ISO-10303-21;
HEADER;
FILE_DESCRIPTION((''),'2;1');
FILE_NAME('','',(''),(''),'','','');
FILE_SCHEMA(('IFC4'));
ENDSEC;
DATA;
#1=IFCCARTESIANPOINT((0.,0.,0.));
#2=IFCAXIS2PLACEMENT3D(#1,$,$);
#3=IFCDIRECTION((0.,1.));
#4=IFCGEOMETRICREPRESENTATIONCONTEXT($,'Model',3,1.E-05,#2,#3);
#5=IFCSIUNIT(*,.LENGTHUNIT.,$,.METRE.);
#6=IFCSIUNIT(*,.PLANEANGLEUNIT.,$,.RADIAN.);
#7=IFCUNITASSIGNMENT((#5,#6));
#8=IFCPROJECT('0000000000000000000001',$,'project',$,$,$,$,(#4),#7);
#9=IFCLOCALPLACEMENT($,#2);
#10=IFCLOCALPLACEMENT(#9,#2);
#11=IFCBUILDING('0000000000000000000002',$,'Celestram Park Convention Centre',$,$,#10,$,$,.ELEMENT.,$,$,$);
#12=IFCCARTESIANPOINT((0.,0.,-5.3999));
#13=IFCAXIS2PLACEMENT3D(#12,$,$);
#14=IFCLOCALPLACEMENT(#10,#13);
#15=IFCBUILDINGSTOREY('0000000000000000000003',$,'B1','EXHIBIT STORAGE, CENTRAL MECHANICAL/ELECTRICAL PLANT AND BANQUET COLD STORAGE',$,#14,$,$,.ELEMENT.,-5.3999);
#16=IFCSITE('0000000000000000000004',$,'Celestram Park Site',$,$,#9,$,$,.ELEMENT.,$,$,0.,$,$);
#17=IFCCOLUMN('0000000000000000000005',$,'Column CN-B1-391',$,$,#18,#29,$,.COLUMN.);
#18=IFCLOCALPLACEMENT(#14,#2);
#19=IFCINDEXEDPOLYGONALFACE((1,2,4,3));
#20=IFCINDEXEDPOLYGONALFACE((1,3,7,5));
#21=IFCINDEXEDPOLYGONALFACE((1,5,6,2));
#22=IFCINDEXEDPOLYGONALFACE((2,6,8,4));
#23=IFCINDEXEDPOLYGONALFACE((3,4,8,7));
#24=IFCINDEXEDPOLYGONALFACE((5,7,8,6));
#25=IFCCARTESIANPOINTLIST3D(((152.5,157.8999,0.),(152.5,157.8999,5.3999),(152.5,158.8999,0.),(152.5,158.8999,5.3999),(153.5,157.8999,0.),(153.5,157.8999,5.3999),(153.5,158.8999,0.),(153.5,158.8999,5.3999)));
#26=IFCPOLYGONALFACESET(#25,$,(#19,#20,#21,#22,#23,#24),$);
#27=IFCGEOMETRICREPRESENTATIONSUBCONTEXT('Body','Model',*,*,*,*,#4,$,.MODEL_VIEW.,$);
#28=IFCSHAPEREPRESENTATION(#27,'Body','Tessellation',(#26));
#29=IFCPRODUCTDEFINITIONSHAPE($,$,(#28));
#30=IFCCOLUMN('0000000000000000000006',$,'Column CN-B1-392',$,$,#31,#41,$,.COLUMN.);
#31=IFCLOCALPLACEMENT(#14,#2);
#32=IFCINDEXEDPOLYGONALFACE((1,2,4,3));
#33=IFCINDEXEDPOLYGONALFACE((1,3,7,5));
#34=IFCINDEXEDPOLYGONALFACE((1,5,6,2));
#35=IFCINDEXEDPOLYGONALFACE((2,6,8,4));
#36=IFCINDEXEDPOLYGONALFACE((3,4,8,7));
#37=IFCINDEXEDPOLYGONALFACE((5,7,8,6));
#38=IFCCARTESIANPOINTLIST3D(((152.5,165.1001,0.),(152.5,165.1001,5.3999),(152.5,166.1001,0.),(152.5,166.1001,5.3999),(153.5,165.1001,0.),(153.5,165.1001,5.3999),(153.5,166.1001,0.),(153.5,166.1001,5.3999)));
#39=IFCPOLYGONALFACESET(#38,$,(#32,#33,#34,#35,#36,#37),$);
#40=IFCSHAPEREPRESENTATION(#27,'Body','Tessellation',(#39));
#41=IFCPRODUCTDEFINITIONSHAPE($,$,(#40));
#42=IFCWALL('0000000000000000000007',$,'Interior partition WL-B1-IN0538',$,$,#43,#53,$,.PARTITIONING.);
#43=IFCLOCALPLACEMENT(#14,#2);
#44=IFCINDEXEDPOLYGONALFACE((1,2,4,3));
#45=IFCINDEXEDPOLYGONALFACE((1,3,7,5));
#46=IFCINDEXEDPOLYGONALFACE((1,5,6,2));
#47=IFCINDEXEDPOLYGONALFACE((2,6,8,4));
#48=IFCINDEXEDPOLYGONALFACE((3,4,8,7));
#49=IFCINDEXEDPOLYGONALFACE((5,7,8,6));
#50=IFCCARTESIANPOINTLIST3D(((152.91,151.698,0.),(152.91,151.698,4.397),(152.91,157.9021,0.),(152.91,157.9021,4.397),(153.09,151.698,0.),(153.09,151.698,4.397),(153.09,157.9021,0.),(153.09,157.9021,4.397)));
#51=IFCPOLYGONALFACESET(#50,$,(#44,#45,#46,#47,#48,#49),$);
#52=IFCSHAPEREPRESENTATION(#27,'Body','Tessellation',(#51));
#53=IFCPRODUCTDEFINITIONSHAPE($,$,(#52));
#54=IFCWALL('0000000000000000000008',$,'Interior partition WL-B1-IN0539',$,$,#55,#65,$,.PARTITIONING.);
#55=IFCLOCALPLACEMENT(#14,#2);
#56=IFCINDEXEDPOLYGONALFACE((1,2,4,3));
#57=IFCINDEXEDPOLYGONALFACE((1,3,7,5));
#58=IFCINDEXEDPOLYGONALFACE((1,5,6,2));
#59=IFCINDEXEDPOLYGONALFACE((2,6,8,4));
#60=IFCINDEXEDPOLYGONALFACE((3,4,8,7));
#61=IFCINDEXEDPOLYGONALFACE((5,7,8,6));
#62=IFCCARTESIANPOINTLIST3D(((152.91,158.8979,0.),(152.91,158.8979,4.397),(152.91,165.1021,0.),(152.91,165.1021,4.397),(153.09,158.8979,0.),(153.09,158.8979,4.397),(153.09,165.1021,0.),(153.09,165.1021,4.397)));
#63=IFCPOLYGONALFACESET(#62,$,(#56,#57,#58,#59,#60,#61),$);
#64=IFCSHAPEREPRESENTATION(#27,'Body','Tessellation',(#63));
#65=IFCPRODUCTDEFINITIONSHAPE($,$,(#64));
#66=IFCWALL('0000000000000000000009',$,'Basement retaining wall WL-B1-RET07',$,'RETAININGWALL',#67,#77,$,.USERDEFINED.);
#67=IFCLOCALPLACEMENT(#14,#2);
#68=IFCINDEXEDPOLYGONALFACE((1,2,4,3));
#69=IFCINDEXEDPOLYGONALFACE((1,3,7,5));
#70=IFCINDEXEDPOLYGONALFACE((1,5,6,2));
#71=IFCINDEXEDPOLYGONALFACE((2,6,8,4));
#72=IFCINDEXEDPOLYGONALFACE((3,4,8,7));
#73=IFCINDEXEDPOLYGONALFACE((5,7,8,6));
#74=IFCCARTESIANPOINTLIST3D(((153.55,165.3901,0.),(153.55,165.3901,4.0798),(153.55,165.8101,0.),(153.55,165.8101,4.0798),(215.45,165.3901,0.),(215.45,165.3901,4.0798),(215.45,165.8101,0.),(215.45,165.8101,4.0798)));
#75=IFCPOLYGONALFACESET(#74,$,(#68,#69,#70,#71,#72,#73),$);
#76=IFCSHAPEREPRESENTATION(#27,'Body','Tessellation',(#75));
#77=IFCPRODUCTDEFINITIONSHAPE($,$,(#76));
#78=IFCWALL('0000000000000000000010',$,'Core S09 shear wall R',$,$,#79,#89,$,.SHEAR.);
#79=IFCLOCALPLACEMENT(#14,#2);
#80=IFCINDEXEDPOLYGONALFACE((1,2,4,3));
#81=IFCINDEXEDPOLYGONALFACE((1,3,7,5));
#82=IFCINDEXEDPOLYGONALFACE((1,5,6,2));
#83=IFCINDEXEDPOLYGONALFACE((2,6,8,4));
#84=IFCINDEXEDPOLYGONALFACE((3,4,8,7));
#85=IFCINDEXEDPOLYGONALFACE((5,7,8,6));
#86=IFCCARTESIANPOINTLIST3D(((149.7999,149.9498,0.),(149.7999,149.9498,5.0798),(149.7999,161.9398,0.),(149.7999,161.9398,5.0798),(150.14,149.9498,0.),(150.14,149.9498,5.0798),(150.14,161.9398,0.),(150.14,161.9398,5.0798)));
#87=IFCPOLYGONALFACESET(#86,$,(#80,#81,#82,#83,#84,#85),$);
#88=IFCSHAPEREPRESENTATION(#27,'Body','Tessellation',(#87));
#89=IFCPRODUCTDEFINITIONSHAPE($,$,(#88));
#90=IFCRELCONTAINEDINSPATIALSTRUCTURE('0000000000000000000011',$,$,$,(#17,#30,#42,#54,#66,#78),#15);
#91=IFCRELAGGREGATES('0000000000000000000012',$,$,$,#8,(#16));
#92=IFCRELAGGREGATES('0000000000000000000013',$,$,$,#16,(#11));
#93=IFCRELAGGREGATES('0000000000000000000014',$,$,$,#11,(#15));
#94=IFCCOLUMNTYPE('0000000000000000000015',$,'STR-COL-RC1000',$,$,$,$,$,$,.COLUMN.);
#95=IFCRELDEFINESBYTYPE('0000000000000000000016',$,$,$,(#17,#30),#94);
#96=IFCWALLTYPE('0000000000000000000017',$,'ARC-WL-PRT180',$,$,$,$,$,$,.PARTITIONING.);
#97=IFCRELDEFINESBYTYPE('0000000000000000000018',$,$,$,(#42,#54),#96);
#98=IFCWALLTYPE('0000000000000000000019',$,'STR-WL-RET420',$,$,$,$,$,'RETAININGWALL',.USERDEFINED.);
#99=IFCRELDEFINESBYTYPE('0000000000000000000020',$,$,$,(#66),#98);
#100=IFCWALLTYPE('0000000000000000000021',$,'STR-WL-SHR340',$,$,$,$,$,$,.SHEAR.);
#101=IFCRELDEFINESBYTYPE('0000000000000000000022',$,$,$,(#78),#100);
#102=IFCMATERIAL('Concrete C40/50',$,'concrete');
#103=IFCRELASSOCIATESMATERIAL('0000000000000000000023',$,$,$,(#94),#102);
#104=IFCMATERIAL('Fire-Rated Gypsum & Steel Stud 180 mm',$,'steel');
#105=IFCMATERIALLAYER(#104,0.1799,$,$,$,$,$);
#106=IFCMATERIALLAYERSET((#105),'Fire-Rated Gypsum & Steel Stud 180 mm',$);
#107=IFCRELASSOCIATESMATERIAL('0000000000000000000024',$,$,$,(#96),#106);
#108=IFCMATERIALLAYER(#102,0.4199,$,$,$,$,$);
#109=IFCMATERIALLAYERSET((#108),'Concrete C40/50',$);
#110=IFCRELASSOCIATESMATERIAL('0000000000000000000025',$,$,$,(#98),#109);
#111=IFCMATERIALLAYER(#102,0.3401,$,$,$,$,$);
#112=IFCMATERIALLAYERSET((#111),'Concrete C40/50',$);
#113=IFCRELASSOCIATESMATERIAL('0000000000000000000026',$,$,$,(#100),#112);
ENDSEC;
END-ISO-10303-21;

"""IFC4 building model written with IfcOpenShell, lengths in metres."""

from ifc_helpers import new_model, si_unit, direction, frame, frame_2d, origin, origin_2d, place, context, subcontext, project, spatial, rectangle, extrude, material, layer, layer_set, material_profile, profile_set, type_object, element, save


model = new_model("IFC4")

# Units and contexts
model_context = context("Model", 3, precision=1e-05, world=origin(), true_north=direction((0.0, 1.0)))
body_context = subcontext(model_context, "Body", "Model", "MODEL_VIEW")
ifc_project = project(units=[si_unit("LENGTHUNIT", "METRE"), si_unit("PLANEANGLEUNIT", "RADIAN")], contexts=[model_context])

# Site, building, storey
site_placement = place(None, origin())
site = spatial("IfcSite", under=ifc_project, at=site_placement, Name="Celestram Park Site", CompositionType="ELEMENT", RefElevation=0.0)
building_placement = place(site_placement, origin())
building = spatial("IfcBuilding", under=site, at=building_placement, Name="Celestram Park Convention Centre", CompositionType="ELEMENT")
storey_placement = place(building_placement, frame((0.0, 0.0, -5.3999)))
storey = spatial("IfcBuildingStorey", under=building, at=storey_placement, Name="B1", Description="EXHIBIT STORAGE, CENTRAL MECHANICAL/ELECTRICAL PLANT AND BANQUET COLD STORAGE", CompositionType="ELEMENT", Elevation=-5.3999)

# Shared definitions
ifc_material_1 = material(Name="Concrete C40/50", Category="concrete")

# Columns
ifc_material_profile_1 = material_profile(ifc_material_1, rectangle(XDim=1.0, YDim=1.0, at=origin_2d()), Name="RC1000X1000")
ifc_profile_set_1 = profile_set([ifc_material_profile_1], Name="Concrete C40/50")
column_type = type_object("IfcColumnType", Name="STR-COL-RC1000", PredefinedType="COLUMN", material=ifc_profile_set_1)
for number, where, z_axis, x_axis, name in (
    (1, (153.0, 158.3999, 0.0), (0.0, 0.0, 1.0), (1.0, 0.0, 0.0), "Column CN-B1-391"),
    (2, (153.0, 165.6001, 0.0), (0.0, 0.0, 1.0), (1.0, 0.0, 0.0), "Column CN-B1-392"),
):
    element("IfcColumn", number, at=place(storey_placement, frame(where, z_axis=z_axis, x_axis=x_axis)), inside=storey, type_object=column_type, Name=name, PredefinedType="COLUMN", context=body_context, shape_type="SweptSolid", body=[
        extrude(rectangle(XDim=1.0, YDim=1.0, at=origin_2d()), origin(), (0.0, 0.0, 1.0), 5.3999),
    ])

# Walls
ifc_material_2 = material(Name="Fire-Rated Gypsum & Steel Stud 180 mm", Category="steel")
ifc_layer_1 = layer(ifc_material_2, 0.1799)
ifc_layer_set_1 = layer_set([ifc_layer_1], Name="Fire-Rated Gypsum & Steel Stud 180 mm")
wall_type_1 = type_object("IfcWallType", Name="ARC-WL-PRT180", PredefinedType="PARTITIONING", material=ifc_layer_set_1)
for number, where, z_axis, x_axis, name in (
    (3, (153.0, 151.698, 0.0), (0.0, 0.0, 1.0), (0.0, 1.0, 0.0), "Interior partition WL-B1-IN0538"),
    (4, (153.0, 158.8979, 0.0), (0.0, 0.0, 1.0), (0.0, 1.0, 0.0), "Interior partition WL-B1-IN0539"),
):
    element("IfcWall", number, at=place(storey_placement, frame(where, z_axis=z_axis, x_axis=x_axis)), inside=storey, type_object=wall_type_1, Name=name, PredefinedType="PARTITIONING", context=body_context, shape_type="SweptSolid", body=[
        extrude(rectangle(XDim=6.2041, YDim=0.1799, at=frame_2d((3.1021, 0.0))), origin(), (0.0, 0.0, 1.0), 4.397),
    ])
ifc_layer_2 = layer(ifc_material_1, 0.4199)
ifc_layer_set_2 = layer_set([ifc_layer_2], Name="Concrete C40/50")
wall_type_2 = type_object("IfcWallType", Name="STR-WL-RET420", ElementType="RETAININGWALL", PredefinedType="USERDEFINED", material=ifc_layer_set_2)
wall_1_placement = place(storey_placement, frame((153.55, 165.6001, 0.0), z_axis=(0.0, 0.0, 1.0), x_axis=(1.0, 0.0, 0.0)))
element("IfcWall", 5, at=wall_1_placement, inside=storey, type_object=wall_type_2, Name="Basement retaining wall WL-B1-RET07", ObjectType="RETAININGWALL", PredefinedType="USERDEFINED", context=body_context, shape_type="SweptSolid", body=[
    extrude(rectangle(XDim=61.8999, YDim=0.4199, at=frame_2d((30.95, 0.0))), origin(), (0.0, 0.0, 1.0), 4.0798),
])
ifc_layer_3 = layer(ifc_material_1, 0.3401)
ifc_layer_set_3 = layer_set([ifc_layer_3], Name="Concrete C40/50")
wall_type_3 = type_object("IfcWallType", Name="STR-WL-SHR340", PredefinedType="SHEAR", material=ifc_layer_set_3)
wall_2_placement = place(storey_placement, frame((149.97, 161.9399, 0.0), z_axis=(0.0, 0.0, 1.0), x_axis=(0.0, -1.0, 0.0)))
element("IfcWall", 6, at=wall_2_placement, inside=storey, type_object=wall_type_3, Name="Core S09 shear wall R", PredefinedType="SHEAR", context=body_context, shape_type="SweptSolid", body=[
    extrude(rectangle(XDim=11.99, YDim=0.3401, at=frame_2d((5.9951, 0.0))), origin(), (0.0, 0.0, 1.0), 5.0798),
])

save(model, "model.ifc")
